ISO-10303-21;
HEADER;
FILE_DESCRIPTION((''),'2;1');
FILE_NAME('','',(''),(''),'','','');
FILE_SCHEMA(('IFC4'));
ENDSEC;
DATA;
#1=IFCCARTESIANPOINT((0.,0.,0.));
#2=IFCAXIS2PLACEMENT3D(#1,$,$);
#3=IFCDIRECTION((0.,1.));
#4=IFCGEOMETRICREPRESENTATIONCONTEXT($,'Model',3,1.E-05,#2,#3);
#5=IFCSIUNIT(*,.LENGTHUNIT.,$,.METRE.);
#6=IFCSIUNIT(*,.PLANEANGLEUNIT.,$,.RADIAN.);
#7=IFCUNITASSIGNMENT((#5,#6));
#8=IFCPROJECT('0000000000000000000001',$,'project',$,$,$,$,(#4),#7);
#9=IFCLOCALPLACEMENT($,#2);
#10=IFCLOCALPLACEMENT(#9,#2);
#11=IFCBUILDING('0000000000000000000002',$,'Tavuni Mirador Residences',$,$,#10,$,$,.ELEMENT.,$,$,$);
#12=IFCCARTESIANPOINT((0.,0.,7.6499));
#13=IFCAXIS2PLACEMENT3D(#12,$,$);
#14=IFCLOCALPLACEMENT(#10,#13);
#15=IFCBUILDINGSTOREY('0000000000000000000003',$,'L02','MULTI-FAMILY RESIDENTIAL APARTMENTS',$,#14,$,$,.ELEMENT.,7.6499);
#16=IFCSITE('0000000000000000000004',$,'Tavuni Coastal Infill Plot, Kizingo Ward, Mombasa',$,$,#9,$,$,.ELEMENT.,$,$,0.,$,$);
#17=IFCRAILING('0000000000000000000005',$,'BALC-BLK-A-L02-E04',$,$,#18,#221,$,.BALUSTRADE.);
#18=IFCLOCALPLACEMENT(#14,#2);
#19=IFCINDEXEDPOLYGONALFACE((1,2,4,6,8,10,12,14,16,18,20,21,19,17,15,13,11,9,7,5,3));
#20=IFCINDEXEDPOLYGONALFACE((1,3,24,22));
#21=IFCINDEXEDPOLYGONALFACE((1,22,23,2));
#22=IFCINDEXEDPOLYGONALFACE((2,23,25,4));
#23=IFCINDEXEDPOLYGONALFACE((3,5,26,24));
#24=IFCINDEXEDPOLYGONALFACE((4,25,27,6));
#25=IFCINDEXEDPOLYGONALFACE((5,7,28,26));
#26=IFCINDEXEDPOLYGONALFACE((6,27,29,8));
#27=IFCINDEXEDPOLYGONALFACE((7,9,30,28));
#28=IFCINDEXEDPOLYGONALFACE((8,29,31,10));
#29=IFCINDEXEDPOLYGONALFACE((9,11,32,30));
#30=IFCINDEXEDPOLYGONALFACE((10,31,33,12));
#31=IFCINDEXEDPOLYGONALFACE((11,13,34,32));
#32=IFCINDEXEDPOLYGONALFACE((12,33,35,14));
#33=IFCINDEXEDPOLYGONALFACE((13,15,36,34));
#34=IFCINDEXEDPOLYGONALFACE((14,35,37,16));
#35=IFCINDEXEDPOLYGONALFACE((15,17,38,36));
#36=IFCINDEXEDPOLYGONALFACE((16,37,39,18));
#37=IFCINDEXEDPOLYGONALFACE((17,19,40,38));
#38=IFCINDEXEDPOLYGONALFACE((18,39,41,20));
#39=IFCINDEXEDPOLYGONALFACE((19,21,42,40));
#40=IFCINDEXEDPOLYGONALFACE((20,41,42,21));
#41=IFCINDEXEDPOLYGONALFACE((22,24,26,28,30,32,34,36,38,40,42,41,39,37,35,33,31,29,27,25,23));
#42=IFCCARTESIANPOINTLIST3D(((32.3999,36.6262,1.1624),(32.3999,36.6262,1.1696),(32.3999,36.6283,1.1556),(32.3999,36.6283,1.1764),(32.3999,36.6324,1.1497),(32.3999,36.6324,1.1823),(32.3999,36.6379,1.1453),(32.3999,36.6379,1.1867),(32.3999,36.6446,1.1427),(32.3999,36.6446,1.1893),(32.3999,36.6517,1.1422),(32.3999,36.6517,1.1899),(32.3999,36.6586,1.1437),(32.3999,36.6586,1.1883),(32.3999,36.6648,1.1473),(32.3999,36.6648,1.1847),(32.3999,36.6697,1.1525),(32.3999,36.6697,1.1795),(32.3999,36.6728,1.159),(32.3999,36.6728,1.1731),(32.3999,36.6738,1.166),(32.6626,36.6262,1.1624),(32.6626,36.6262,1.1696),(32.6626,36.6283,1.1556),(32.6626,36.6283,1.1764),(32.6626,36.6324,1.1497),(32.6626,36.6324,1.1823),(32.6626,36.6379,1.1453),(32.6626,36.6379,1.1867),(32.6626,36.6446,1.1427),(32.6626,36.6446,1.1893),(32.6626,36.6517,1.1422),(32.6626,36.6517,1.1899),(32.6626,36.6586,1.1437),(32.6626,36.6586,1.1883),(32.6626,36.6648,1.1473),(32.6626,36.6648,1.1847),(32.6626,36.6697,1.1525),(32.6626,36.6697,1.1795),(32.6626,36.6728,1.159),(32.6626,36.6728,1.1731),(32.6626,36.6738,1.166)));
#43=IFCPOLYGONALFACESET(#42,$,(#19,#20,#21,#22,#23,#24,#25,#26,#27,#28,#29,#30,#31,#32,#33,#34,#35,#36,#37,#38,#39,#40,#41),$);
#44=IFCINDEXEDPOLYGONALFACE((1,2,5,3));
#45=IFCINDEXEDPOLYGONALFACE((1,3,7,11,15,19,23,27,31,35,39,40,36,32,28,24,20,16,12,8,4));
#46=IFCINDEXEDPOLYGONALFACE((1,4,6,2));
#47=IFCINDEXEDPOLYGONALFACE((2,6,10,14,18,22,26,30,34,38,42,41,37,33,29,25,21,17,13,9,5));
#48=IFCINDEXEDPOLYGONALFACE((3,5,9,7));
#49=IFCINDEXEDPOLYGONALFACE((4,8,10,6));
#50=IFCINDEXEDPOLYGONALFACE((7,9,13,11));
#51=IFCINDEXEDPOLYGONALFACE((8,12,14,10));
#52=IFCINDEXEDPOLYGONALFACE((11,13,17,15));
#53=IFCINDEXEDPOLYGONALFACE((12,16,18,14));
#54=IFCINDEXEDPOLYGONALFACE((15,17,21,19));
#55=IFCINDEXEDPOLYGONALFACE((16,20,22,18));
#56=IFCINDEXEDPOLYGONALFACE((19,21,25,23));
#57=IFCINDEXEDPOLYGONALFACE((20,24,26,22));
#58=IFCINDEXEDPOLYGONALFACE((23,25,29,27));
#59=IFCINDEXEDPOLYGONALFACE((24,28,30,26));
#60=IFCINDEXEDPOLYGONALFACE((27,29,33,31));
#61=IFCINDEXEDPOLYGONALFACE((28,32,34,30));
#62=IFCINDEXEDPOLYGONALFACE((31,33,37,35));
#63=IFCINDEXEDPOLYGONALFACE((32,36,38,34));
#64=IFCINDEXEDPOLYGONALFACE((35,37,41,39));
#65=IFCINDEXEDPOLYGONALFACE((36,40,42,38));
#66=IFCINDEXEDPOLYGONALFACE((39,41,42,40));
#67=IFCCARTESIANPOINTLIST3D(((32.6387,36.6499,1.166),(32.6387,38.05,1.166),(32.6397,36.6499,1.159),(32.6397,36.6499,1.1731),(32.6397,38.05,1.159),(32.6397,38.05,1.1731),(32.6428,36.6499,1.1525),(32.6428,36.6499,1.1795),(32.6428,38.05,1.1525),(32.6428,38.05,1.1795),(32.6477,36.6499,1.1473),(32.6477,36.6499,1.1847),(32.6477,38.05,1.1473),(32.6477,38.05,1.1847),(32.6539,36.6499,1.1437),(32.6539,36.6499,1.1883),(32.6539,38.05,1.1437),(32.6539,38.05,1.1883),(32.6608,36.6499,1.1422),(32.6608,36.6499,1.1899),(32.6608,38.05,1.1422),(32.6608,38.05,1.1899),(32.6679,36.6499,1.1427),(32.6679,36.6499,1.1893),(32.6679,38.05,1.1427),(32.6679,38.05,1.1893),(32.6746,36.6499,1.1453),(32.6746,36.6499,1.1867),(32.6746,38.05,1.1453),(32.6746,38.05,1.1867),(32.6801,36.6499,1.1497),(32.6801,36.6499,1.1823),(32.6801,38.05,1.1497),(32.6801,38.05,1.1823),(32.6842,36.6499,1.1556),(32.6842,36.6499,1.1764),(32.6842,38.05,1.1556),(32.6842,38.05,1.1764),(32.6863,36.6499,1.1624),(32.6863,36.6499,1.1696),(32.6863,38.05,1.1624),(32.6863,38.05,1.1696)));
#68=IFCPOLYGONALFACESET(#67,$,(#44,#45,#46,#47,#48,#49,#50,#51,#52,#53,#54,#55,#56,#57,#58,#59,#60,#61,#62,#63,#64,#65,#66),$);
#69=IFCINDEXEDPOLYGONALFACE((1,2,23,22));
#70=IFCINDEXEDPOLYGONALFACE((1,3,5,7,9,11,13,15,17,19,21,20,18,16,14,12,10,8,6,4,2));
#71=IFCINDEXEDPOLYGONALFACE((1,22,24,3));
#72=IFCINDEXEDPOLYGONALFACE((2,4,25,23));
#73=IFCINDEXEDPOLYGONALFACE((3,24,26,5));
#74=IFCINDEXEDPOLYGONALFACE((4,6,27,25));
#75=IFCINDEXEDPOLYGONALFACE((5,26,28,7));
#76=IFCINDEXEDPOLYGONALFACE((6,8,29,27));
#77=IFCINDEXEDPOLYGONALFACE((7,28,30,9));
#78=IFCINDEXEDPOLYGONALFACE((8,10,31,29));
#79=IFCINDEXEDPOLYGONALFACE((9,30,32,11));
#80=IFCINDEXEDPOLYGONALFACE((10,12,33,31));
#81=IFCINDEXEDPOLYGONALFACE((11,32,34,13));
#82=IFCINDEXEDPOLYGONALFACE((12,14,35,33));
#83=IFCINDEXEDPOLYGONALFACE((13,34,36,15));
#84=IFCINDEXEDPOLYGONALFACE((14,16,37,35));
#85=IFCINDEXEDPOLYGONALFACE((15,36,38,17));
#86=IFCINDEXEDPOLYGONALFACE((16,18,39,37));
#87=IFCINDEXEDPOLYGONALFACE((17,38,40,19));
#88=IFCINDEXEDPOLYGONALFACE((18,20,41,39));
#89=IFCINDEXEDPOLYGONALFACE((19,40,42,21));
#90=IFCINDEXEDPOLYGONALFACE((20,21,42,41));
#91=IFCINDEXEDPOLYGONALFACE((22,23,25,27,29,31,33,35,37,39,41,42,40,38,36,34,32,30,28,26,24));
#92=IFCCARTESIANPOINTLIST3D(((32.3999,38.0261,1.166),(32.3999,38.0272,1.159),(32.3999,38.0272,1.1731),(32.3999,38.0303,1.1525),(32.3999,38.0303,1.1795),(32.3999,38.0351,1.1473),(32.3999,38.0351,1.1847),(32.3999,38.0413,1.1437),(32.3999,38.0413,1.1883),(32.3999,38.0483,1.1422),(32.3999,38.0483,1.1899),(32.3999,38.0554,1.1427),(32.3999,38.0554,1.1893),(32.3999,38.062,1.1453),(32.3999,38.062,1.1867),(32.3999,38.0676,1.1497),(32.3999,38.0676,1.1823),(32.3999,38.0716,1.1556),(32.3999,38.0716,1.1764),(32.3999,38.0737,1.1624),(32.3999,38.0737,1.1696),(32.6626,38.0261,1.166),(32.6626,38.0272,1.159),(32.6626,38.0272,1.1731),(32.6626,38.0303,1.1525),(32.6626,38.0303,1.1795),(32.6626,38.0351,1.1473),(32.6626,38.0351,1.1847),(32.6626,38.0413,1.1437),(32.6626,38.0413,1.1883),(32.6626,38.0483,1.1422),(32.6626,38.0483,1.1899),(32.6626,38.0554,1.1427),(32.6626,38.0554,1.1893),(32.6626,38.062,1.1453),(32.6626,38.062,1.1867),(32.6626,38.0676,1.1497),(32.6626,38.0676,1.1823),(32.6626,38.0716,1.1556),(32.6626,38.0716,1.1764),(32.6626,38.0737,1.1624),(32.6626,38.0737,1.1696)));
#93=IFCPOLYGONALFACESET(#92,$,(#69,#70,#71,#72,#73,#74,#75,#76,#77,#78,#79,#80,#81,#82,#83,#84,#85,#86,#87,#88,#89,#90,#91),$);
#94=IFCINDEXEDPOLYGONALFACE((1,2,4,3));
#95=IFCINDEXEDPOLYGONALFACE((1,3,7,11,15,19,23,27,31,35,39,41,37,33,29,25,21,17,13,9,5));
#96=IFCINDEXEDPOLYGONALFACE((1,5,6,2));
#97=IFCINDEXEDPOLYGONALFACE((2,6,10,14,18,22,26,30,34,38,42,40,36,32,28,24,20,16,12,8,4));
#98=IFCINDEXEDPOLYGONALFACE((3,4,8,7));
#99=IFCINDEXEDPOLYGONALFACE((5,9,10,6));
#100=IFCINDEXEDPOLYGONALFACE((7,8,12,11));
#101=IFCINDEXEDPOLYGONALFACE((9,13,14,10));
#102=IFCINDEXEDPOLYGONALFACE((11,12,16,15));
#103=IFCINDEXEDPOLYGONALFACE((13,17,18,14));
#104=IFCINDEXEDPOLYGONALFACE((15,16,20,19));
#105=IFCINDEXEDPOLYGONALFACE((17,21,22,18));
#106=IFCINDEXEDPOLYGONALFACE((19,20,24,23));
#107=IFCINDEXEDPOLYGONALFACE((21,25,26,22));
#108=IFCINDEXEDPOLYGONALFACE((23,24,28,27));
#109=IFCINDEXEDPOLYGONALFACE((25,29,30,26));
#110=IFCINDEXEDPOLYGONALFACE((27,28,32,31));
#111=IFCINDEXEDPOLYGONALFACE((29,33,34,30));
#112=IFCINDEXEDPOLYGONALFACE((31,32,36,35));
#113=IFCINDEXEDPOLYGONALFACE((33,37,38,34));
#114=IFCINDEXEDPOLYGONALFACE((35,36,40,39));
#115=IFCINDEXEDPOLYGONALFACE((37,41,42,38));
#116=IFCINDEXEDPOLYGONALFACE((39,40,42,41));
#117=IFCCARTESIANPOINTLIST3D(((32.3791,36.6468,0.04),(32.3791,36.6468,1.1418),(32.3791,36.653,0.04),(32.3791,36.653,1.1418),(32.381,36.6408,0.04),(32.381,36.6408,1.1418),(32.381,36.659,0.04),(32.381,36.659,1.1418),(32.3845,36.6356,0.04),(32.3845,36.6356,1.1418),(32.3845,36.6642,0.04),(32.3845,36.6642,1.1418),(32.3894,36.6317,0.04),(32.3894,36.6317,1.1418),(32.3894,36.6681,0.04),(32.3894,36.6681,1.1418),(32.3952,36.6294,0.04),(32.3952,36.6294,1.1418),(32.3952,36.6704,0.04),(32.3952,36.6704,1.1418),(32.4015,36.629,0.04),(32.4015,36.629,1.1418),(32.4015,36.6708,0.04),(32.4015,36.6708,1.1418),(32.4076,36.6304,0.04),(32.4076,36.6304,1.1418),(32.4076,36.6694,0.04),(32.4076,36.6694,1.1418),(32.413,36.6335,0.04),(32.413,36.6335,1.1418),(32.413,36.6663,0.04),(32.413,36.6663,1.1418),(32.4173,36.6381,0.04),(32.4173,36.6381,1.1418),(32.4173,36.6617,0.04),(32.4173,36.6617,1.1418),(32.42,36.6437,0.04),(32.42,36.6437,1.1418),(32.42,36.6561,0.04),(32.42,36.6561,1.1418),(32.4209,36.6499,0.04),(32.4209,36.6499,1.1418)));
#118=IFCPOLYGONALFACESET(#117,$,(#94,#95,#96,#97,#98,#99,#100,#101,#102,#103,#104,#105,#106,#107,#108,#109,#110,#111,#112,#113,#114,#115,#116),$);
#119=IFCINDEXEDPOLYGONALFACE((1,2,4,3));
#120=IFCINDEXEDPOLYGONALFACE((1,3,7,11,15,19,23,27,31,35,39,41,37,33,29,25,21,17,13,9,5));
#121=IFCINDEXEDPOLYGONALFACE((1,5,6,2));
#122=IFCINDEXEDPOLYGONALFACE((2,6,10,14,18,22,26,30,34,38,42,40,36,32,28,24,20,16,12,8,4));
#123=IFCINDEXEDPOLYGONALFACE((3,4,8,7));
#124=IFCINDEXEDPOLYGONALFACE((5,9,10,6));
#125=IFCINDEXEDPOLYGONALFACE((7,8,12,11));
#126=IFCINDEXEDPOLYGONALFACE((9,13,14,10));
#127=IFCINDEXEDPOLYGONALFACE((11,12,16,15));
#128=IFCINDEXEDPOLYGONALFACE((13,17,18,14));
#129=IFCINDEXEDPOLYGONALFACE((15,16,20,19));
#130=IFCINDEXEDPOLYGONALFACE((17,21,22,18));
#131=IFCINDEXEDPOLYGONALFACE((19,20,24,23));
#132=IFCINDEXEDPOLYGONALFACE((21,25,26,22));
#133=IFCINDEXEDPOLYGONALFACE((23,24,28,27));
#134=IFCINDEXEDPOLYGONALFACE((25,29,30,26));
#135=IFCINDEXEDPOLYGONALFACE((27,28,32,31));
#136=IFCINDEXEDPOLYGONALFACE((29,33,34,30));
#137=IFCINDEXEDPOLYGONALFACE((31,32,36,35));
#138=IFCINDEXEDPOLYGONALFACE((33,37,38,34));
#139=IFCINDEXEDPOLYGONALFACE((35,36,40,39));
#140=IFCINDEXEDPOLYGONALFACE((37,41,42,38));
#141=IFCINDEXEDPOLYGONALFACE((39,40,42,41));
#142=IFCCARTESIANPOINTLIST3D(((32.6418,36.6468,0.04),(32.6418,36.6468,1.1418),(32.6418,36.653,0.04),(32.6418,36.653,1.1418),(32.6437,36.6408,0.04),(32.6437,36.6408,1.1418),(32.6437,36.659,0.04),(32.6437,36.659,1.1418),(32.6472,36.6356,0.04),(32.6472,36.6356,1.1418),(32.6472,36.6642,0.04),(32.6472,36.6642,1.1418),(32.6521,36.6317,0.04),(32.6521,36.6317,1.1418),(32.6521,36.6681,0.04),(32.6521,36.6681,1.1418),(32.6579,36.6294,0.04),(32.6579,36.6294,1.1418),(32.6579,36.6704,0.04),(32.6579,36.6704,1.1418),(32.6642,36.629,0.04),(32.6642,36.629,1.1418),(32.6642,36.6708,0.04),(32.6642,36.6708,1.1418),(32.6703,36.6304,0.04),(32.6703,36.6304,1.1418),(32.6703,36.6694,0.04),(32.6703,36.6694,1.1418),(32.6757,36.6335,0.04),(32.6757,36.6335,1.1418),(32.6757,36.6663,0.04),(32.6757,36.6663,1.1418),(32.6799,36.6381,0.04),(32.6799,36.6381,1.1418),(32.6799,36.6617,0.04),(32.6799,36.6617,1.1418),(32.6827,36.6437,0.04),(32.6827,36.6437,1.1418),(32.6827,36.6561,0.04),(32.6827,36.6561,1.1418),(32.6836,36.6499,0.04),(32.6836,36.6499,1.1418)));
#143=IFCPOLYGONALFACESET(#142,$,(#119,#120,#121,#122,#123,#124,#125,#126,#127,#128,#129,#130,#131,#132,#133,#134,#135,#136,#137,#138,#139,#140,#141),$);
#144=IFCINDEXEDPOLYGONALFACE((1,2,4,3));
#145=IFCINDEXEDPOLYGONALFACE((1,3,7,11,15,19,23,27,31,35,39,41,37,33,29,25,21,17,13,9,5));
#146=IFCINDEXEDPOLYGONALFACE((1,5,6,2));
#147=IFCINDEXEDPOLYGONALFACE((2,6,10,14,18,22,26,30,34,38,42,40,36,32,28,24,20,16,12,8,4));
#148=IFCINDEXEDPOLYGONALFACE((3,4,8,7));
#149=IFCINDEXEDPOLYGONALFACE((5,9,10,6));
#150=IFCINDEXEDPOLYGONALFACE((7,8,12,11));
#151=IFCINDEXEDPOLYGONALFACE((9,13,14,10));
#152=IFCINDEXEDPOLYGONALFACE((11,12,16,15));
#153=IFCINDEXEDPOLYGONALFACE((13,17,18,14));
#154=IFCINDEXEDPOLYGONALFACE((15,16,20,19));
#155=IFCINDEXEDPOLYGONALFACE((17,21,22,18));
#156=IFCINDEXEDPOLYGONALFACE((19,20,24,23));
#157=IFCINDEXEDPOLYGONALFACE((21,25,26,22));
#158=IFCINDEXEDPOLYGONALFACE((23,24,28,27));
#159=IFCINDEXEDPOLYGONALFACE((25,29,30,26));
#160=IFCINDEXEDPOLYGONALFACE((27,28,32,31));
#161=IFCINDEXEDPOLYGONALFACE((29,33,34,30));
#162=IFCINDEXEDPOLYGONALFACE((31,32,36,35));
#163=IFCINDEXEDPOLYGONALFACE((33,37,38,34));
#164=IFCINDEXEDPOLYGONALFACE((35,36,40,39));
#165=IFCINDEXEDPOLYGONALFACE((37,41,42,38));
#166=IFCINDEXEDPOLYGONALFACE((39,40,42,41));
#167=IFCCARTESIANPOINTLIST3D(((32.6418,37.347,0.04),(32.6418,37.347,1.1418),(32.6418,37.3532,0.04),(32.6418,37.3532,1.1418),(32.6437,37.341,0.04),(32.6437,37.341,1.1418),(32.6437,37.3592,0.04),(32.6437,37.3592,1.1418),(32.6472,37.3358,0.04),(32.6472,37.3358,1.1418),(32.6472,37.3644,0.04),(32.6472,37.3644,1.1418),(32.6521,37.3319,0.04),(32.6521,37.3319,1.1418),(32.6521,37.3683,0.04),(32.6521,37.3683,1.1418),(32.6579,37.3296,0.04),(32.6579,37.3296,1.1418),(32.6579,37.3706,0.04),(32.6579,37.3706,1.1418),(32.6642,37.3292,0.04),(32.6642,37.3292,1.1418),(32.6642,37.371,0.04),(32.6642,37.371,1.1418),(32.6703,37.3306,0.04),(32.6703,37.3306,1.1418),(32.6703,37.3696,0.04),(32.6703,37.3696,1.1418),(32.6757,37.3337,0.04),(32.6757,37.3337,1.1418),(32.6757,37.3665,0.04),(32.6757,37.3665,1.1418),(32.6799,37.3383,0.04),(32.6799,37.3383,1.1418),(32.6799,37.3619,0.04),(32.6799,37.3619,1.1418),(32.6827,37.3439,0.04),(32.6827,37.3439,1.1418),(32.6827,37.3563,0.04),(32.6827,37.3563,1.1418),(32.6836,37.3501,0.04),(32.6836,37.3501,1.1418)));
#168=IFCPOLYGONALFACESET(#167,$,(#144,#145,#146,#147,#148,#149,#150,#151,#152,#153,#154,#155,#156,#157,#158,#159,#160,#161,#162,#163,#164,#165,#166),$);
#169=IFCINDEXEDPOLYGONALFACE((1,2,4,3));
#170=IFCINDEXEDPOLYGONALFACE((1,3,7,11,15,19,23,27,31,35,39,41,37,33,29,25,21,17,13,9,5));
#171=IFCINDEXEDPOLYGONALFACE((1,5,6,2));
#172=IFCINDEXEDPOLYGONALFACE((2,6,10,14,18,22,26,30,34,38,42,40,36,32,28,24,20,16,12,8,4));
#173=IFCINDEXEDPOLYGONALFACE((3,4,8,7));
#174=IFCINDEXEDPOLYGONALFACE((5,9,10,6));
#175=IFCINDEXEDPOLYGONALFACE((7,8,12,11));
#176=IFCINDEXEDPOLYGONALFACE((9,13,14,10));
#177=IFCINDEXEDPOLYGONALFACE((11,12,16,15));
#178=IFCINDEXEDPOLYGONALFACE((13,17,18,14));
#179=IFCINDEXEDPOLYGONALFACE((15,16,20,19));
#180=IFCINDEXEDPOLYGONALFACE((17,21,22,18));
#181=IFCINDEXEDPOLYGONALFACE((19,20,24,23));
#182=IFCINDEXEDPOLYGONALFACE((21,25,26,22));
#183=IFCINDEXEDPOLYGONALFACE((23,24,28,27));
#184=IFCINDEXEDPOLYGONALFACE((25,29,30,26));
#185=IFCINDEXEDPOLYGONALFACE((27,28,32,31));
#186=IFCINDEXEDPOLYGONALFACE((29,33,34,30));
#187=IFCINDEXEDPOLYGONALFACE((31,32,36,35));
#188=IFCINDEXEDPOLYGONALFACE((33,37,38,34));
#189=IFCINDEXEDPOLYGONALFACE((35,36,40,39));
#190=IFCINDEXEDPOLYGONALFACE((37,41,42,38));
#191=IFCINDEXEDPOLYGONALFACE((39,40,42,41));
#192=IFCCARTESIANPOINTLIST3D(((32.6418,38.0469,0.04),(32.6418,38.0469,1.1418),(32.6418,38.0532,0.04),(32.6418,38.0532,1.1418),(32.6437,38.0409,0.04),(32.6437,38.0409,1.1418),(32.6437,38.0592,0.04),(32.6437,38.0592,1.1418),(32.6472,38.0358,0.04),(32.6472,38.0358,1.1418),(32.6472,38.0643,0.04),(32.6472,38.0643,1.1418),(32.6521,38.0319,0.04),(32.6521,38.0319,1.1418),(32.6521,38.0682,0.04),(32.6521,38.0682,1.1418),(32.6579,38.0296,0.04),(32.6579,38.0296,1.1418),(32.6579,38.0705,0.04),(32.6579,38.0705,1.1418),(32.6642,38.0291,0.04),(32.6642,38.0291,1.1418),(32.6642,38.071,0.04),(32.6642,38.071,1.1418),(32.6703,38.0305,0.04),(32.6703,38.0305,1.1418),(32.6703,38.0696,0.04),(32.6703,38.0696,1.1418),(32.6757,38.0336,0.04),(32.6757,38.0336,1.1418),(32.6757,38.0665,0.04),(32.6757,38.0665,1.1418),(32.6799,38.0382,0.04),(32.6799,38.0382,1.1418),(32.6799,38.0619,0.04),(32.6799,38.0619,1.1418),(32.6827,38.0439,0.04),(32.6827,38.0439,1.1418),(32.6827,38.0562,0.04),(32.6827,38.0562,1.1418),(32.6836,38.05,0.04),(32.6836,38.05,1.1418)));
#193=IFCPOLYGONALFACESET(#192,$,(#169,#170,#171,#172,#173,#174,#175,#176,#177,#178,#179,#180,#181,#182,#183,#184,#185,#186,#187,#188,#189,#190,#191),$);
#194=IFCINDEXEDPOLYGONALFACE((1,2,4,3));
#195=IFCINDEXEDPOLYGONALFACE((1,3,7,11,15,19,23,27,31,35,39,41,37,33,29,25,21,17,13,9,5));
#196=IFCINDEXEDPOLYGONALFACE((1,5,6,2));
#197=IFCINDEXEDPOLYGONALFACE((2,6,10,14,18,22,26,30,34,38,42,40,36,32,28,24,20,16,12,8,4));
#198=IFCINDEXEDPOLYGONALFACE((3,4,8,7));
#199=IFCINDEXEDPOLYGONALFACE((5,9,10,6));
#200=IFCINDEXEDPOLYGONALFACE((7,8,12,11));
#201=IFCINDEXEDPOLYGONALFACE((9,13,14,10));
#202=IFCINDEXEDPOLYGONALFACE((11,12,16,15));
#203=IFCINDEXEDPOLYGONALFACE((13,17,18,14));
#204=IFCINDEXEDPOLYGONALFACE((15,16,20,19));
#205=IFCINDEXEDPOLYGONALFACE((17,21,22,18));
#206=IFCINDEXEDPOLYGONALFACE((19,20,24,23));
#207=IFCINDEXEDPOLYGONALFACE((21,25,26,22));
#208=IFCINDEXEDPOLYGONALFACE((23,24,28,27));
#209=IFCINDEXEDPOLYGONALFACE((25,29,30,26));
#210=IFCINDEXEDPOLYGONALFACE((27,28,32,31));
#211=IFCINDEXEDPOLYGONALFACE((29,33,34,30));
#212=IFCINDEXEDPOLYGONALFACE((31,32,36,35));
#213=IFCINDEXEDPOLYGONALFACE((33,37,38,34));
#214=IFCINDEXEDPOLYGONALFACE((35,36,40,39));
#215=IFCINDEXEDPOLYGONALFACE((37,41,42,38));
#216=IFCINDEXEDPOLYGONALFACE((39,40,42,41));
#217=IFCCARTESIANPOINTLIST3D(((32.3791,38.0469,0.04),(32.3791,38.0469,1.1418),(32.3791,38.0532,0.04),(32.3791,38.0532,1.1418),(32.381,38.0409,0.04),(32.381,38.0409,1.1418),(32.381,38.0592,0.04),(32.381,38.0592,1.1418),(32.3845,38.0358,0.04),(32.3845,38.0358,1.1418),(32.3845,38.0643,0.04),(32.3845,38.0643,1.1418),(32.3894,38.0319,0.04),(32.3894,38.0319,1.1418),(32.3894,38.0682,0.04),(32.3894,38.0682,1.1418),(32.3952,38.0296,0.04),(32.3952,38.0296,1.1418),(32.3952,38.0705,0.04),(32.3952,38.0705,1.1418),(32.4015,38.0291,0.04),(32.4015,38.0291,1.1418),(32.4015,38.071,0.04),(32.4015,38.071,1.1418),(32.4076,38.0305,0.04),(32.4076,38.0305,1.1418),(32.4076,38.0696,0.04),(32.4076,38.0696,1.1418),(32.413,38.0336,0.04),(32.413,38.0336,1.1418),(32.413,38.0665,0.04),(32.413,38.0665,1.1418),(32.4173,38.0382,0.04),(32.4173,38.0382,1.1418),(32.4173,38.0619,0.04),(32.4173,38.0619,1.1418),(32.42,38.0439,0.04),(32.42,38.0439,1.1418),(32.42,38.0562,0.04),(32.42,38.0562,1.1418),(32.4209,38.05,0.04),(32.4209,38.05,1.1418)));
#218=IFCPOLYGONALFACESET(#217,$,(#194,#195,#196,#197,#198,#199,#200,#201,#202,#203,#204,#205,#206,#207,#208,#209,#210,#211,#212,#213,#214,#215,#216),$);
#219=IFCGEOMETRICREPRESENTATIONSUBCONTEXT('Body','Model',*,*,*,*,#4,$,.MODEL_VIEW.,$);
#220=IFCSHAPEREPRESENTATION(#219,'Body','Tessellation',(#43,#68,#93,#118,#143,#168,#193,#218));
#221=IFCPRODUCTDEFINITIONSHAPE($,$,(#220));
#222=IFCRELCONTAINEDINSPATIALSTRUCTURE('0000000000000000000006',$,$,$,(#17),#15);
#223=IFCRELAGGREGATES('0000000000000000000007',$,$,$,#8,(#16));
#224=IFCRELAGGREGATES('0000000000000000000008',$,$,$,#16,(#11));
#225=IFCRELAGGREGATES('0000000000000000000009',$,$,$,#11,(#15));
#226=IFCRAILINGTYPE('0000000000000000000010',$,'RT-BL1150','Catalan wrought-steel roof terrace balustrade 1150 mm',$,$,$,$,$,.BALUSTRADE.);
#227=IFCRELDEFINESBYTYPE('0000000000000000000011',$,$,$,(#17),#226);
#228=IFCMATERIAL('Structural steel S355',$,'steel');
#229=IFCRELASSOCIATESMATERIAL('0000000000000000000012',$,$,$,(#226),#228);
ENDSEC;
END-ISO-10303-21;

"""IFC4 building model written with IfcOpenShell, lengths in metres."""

from ifc_helpers import new_model, si_unit, direction, frame, origin, origin_2d, place, context, subcontext, project, spatial, circle, extrude, material, type_object, element, save


model = new_model("IFC4")

# Units and contexts
model_context = context("Model", 3, precision=1e-05, world=origin(), true_north=direction((0.0, 1.0)))
body_context = subcontext(model_context, "Body", "Model", "MODEL_VIEW")
ifc_project = project(units=[si_unit("LENGTHUNIT", "METRE"), si_unit("PLANEANGLEUNIT", "RADIAN")], contexts=[model_context])

# Site, building, storey
site_placement = place(None, origin())
site = spatial("IfcSite", under=ifc_project, at=site_placement, Name="Tavuni Coastal Infill Plot, Kizingo Ward, Mombasa", CompositionType="ELEMENT", RefElevation=0.0)
building_placement = place(site_placement, origin())
building = spatial("IfcBuilding", under=site, at=building_placement, Name="Tavuni Mirador Residences", CompositionType="ELEMENT")
storey_placement = place(building_placement, frame((0.0, 0.0, 7.6499)))
storey = spatial("IfcBuildingStorey", under=building, at=storey_placement, Name="L02", Description="MULTI-FAMILY RESIDENTIAL APARTMENTS", CompositionType="ELEMENT", Elevation=7.6499)

# Railing
ifc_material_1 = material(Name="Structural steel S355", Category="steel")
railing_type = type_object("IfcRailingType", Name="RT-BL1150", Description="Catalan wrought-steel roof terrace balustrade 1150 mm", PredefinedType="BALUSTRADE", material=ifc_material_1)
railing_placement = place(storey_placement, frame((32.3999, 36.6499, 0.04)))
element("IfcRailing", 1, at=railing_placement, inside=storey, type_object=railing_type, Name="BALC-BLK-A-L02-E04", PredefinedType="BALUSTRADE", context=body_context, shape_type="SweptSolid", body=[
    extrude(circle(Radius=0.0239, at=origin_2d()), frame((0.0, 0.0, 1.126), z_axis=(1.0, 0.0, 0.0), x_axis=(0.0, 1.0, 0.0)), (0.0, 0.0, 1.0), 0.2627),
    extrude(circle(Radius=0.0239, at=origin_2d()), frame((0.2627, 0.0, 1.126), z_axis=(0.0, 1.0, 0.0), x_axis=(-1.0, 0.0, 0.0)), (0.0, 0.0, 1.0), 1.4001),
    extrude(circle(Radius=0.0239, at=origin_2d()), frame((0.2627, 1.4001, 1.126), z_axis=(-1.0, 0.0, 0.0), x_axis=(0.0, -1.0, 0.0)), (0.0, 0.0, 1.0), 0.2627),
    extrude(circle(Radius=0.021, at=origin_2d()), origin(), (0.0, 0.0, 1.0), 1.1018),
    extrude(circle(Radius=0.021, at=origin_2d()), frame((0.2627, 0.0, 0.0)), (0.0, 0.0, 1.0), 1.1018),
    extrude(circle(Radius=0.021, at=origin_2d()), frame((0.2627, 0.7002, 0.0)), (0.0, 0.0, 1.0), 1.1018),
    extrude(circle(Radius=0.021, at=origin_2d()), frame((0.2627, 1.4001, 0.0)), (0.0, 0.0, 1.0), 1.1018),
    extrude(circle(Radius=0.021, at=origin_2d()), frame((0.0, 1.4001, 0.0)), (0.0, 0.0, 1.0), 1.1018),
])

save(model, "model.ifc")
